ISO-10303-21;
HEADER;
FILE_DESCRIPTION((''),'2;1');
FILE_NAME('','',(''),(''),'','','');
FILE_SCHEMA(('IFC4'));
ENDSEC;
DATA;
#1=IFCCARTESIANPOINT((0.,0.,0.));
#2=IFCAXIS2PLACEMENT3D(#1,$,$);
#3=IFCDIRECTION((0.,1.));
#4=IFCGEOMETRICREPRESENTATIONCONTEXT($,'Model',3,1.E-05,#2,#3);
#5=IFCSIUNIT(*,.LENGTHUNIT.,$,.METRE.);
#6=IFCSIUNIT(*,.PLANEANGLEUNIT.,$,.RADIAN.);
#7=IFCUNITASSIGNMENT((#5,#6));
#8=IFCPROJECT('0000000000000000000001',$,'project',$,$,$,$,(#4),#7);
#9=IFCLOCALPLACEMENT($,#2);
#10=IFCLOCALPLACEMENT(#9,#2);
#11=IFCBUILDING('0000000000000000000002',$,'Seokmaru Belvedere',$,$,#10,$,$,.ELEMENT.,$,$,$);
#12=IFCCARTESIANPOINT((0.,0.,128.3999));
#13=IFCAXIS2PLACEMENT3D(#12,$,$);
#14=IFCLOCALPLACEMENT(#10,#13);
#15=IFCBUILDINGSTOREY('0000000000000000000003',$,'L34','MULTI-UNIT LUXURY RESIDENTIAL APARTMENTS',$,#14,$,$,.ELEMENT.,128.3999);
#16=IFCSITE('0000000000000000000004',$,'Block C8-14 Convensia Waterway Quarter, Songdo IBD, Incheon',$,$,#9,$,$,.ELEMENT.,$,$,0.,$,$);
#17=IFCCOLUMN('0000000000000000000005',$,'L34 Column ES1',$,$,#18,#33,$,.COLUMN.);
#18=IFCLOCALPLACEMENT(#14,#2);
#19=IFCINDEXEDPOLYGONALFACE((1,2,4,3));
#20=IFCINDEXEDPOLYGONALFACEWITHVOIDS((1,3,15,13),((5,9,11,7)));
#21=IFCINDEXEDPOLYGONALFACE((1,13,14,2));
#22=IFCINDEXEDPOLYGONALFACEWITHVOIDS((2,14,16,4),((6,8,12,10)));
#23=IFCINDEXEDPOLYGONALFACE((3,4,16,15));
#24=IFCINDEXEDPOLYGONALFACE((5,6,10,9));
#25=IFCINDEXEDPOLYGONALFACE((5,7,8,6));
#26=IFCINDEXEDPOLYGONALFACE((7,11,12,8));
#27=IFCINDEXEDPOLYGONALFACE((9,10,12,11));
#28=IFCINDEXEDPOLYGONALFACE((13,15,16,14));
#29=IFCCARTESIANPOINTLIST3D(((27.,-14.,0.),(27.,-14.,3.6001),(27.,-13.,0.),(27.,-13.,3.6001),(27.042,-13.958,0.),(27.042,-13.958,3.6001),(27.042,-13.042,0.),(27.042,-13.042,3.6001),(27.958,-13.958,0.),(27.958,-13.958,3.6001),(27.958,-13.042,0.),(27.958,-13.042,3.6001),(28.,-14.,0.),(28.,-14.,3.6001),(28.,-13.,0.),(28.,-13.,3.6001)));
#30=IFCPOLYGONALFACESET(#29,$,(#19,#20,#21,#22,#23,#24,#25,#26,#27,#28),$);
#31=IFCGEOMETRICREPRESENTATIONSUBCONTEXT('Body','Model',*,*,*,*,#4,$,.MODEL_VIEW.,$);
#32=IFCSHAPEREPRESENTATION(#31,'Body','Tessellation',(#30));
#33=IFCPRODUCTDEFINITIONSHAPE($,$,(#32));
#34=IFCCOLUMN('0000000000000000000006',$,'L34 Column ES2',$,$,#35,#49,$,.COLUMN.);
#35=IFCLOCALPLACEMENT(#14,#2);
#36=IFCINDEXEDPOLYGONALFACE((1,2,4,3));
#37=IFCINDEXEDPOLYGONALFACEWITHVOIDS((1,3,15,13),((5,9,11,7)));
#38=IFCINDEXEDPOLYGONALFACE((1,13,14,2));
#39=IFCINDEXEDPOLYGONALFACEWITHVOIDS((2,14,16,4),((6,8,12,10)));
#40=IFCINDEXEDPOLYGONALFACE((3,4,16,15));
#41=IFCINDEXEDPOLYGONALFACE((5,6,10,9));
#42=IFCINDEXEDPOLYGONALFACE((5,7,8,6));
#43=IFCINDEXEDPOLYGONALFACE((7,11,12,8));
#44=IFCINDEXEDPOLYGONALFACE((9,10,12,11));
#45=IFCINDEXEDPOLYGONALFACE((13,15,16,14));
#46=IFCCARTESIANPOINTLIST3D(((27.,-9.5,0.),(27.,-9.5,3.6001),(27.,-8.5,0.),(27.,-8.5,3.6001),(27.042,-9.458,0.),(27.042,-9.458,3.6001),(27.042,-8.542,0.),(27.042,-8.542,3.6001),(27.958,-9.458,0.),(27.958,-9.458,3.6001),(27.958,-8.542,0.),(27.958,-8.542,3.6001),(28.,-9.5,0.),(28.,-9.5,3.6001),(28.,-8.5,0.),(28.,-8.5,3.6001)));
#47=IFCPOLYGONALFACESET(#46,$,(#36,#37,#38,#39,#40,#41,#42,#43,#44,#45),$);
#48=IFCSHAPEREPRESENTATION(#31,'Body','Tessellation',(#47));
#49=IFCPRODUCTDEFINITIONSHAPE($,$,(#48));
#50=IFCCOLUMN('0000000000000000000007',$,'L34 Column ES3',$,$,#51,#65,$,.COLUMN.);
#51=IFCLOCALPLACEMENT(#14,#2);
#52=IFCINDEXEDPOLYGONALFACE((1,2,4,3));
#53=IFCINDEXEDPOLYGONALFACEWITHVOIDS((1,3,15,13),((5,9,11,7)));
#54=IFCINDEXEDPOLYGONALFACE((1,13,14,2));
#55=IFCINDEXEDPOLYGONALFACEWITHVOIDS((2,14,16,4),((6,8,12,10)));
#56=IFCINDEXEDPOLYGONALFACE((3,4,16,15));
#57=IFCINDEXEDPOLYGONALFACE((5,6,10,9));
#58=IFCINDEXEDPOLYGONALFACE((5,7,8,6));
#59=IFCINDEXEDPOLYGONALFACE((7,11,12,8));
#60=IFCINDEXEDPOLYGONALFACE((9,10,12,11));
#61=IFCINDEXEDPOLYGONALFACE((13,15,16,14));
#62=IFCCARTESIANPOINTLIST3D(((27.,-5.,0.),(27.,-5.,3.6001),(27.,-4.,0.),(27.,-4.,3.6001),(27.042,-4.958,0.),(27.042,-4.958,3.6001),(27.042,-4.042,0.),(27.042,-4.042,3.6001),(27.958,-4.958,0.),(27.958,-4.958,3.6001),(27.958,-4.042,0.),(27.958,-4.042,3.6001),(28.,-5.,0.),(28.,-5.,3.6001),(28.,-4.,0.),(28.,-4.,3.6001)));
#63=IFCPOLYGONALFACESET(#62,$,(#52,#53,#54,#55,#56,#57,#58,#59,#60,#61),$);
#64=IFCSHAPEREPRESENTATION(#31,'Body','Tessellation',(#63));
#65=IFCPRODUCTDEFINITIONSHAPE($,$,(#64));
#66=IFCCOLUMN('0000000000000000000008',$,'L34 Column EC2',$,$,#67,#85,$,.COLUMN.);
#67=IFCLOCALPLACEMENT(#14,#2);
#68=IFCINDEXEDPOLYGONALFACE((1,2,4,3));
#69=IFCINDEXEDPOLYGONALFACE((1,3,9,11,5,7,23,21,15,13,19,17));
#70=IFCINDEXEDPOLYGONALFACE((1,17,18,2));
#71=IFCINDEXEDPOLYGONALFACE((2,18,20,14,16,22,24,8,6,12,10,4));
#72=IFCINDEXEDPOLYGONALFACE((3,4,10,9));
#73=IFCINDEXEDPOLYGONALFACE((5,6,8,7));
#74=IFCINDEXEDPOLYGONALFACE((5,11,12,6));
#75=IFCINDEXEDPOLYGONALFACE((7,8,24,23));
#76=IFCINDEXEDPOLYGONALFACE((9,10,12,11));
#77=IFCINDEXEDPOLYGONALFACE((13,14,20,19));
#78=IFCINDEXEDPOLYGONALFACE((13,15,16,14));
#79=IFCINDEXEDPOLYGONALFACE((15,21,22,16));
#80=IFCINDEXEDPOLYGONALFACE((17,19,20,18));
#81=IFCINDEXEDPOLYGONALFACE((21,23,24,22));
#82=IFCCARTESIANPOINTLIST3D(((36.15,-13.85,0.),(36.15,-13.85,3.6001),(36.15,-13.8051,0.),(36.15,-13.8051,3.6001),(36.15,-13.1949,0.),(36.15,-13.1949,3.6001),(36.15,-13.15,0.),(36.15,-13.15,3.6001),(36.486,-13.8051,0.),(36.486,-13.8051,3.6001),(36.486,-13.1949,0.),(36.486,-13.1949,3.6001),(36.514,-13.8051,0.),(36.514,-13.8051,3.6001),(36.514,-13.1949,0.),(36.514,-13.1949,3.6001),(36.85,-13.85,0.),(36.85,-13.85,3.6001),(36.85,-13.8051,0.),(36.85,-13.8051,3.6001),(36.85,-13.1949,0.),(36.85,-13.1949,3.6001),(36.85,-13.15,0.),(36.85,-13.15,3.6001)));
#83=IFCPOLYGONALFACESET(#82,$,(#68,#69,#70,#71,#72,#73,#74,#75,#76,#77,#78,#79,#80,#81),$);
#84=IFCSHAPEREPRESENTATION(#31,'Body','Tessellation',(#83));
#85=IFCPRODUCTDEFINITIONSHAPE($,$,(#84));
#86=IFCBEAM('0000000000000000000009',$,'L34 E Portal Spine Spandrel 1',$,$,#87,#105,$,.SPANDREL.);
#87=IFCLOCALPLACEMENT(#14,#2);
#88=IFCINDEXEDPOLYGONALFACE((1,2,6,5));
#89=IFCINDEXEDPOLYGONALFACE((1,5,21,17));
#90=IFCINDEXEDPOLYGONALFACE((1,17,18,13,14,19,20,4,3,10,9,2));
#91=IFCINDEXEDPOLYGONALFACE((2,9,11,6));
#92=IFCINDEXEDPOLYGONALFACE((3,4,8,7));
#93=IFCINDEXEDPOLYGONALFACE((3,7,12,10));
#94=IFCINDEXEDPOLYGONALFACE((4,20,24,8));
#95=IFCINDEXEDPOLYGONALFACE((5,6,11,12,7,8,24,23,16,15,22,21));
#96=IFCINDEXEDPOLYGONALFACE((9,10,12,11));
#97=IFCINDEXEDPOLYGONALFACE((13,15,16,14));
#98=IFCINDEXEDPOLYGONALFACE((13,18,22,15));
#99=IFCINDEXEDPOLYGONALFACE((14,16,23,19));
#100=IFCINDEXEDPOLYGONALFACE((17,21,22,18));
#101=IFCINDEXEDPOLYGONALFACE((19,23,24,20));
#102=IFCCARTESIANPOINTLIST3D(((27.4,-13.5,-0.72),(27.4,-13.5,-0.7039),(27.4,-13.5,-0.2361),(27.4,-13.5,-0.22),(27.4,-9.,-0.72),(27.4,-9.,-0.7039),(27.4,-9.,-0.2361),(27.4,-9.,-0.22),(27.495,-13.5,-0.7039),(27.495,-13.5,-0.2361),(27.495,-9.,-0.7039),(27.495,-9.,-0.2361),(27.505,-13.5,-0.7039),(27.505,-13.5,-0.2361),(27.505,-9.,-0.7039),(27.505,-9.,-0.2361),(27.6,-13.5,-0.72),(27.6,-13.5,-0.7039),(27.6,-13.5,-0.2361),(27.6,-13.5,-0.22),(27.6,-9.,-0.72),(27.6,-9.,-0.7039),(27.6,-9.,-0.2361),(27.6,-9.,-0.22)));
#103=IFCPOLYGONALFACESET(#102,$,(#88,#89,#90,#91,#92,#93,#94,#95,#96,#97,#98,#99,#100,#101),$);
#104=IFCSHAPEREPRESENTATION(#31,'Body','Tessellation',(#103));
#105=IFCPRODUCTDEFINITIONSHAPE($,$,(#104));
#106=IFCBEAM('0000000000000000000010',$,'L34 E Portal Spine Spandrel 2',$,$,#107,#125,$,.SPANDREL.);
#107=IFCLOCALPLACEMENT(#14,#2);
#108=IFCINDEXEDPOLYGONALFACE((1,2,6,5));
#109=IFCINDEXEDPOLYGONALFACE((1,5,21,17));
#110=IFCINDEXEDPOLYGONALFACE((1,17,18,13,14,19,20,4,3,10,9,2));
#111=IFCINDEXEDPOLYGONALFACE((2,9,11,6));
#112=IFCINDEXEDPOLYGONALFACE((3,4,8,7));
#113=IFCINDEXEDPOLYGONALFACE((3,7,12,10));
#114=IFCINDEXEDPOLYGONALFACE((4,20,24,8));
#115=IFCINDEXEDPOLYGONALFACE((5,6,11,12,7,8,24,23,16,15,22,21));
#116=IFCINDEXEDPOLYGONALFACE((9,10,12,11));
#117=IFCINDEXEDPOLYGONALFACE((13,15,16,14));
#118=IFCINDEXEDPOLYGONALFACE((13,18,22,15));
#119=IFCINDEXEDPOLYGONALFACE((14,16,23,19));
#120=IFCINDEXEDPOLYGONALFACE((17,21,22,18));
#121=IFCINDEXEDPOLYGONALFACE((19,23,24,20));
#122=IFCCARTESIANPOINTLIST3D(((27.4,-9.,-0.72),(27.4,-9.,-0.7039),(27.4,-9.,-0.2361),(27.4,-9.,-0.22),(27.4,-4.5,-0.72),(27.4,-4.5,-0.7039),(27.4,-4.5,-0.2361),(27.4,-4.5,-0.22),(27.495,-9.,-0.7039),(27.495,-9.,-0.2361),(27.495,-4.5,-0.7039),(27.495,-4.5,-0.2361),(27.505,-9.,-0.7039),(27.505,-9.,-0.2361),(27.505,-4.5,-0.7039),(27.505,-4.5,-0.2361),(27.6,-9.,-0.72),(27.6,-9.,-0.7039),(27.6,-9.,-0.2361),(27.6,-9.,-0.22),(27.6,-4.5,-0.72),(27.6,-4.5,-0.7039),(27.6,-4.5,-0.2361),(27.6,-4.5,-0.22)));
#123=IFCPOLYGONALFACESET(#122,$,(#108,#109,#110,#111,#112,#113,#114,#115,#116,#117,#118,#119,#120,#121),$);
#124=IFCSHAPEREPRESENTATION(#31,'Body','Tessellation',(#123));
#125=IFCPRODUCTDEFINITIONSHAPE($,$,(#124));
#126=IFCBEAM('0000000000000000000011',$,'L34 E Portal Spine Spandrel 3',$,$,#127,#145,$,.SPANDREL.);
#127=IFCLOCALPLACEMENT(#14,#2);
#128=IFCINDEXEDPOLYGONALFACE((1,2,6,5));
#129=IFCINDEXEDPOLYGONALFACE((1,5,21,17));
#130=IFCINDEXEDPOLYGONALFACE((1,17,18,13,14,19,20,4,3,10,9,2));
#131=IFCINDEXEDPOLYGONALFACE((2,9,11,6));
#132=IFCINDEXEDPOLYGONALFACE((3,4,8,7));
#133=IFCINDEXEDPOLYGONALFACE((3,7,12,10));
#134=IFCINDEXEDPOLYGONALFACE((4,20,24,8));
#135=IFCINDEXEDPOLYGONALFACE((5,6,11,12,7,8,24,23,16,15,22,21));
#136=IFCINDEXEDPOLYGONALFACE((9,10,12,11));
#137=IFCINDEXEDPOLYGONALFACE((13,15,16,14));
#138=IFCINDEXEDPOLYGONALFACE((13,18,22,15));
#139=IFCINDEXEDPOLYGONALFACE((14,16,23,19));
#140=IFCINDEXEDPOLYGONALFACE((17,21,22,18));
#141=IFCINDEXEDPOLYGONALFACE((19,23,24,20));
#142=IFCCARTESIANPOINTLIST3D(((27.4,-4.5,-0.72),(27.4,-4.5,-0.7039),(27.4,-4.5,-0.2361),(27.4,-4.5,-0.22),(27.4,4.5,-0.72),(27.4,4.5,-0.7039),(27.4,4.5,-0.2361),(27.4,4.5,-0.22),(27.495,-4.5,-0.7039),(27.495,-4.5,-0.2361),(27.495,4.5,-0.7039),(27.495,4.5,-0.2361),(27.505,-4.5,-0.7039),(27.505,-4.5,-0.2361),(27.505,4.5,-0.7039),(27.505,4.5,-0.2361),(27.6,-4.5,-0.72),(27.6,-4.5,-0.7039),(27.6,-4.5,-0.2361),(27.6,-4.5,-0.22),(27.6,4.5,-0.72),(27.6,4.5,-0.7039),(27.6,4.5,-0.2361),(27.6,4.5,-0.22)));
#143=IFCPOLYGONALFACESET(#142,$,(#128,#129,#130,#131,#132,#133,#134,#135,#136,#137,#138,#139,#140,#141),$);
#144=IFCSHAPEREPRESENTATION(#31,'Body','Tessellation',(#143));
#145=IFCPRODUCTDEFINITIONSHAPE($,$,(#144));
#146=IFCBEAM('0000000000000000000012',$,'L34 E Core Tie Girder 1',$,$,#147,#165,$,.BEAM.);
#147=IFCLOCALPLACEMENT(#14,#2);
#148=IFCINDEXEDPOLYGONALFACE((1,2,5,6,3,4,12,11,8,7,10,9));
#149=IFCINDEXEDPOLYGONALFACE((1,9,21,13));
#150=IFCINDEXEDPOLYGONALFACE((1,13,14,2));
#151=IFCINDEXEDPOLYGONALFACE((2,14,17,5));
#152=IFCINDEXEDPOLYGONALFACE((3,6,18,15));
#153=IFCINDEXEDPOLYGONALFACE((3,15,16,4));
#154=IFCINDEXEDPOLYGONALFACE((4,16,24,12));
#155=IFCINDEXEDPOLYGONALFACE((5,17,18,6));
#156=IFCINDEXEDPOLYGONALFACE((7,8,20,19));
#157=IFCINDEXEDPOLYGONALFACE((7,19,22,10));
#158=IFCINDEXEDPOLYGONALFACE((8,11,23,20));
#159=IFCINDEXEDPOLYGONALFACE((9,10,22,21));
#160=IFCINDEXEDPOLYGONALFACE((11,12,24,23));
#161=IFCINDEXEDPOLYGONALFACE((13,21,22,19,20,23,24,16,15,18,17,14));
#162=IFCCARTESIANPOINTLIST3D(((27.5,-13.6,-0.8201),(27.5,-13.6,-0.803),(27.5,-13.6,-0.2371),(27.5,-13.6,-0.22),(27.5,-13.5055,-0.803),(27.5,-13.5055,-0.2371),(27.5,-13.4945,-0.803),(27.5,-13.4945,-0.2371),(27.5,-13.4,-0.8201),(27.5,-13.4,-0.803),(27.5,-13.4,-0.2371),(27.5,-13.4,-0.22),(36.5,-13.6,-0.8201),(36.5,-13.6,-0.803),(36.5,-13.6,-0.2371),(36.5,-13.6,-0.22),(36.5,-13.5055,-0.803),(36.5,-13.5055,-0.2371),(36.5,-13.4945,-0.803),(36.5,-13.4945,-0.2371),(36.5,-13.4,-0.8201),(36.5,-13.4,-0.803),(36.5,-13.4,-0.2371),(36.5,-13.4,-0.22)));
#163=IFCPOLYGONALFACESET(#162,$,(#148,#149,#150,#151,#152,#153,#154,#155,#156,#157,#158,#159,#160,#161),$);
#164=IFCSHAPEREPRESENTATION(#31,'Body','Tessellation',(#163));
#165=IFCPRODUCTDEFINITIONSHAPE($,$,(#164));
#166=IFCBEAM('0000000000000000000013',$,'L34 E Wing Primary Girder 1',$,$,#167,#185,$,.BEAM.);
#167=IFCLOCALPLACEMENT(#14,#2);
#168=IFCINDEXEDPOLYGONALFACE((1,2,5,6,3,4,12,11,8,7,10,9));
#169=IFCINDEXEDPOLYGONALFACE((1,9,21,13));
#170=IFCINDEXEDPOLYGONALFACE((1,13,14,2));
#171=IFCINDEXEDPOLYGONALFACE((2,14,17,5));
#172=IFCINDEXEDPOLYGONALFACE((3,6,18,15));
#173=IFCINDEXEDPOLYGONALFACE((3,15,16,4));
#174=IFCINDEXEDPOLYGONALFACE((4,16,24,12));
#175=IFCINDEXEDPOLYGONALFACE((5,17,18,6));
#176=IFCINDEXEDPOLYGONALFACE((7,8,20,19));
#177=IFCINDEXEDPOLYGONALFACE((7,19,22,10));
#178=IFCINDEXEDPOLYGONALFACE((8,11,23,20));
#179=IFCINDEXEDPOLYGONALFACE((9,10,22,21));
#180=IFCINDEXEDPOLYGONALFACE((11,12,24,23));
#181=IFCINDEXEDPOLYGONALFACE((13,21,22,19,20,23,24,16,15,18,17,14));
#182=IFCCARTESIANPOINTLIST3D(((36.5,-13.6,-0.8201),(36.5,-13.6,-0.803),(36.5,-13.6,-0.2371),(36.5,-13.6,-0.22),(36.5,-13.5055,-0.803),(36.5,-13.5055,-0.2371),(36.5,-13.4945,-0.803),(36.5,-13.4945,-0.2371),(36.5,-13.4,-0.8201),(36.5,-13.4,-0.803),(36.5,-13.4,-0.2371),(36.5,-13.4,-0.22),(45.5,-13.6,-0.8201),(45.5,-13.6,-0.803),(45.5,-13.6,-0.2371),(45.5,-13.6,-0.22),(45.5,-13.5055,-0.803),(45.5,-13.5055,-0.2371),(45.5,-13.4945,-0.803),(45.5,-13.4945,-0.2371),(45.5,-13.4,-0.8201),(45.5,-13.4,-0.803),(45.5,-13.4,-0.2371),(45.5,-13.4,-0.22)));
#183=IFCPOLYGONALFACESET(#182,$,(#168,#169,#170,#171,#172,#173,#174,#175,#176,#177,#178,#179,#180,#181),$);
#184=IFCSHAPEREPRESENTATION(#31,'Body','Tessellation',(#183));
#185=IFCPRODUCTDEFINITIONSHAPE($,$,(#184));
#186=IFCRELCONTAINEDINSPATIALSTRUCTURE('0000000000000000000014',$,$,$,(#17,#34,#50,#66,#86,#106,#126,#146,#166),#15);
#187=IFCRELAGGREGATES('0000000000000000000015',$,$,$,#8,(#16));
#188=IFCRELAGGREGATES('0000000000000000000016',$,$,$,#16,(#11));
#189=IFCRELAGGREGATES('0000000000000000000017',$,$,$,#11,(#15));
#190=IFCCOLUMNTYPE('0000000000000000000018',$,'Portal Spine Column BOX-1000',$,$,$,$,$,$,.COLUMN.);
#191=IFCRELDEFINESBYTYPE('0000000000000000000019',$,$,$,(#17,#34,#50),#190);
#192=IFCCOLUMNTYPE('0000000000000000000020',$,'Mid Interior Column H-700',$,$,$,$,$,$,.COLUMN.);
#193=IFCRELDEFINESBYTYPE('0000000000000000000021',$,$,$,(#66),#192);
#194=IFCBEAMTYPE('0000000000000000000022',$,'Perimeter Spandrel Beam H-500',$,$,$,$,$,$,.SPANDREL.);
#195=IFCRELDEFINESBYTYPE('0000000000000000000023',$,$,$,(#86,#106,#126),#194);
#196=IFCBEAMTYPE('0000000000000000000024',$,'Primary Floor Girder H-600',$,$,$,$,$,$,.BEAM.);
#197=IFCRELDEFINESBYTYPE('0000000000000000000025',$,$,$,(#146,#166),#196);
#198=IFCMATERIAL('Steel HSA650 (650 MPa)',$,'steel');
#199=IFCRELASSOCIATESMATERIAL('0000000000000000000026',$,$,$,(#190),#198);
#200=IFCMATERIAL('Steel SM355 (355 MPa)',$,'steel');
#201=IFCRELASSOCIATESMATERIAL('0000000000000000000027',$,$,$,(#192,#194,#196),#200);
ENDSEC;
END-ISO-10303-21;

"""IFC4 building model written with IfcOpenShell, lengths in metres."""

from ifc_helpers import new_model, si_unit, direction, frame, origin, origin_2d, place, context, subcontext, project, spatial, hollow_rectangle, i_section, extrude, source, transform, mapped, material, material_profile, profile_set, type_object, type_shapes, element, save


model = new_model("IFC4")

# Units and contexts
model_context = context("Model", 3, precision=1e-05, world=origin(), true_north=direction((0.0, 1.0)))
body_context = subcontext(model_context, "Body", "Model", "MODEL_VIEW")
ifc_project = project(units=[si_unit("LENGTHUNIT", "METRE"), si_unit("PLANEANGLEUNIT", "RADIAN")], contexts=[model_context])

# Site, building, storey
site_placement = place(None, origin())
site = spatial("IfcSite", under=ifc_project, at=site_placement, Name="Block C8-14 Convensia Waterway Quarter, Songdo IBD, Incheon", CompositionType="ELEMENT", RefElevation=0.0)
building_placement = place(site_placement, origin())
building = spatial("IfcBuilding", under=site, at=building_placement, Name="Seokmaru Belvedere", CompositionType="ELEMENT")
storey_placement = place(building_placement, frame((0.0, 0.0, 128.3999)))
storey = spatial("IfcBuildingStorey", under=building, at=storey_placement, Name="L34", Description="MULTI-UNIT LUXURY RESIDENTIAL APARTMENTS", CompositionType="ELEMENT", Elevation=128.3999)

# Columns
ifc_material_1 = material(Name="Steel HSA650 (650 MPa)", Category="steel")
ifc_material_profile_1 = material_profile(ifc_material_1, hollow_rectangle(XDim=1.0, YDim=1.0, WallThickness=0.042, at=origin_2d()), Name="BOX-1000x1000x42")
ifc_profile_set_1 = profile_set([ifc_material_profile_1], Name="Steel HSA650 (650 MPa)")
column_type_1 = type_object("IfcColumnType", Name="Portal Spine Column BOX-1000", PredefinedType="COLUMN", material=ifc_profile_set_1)
shared_shape_1 = source(origin(), body_context, "Body", "SweptSolid", [
    extrude(hollow_rectangle(XDim=1.0, YDim=1.0, WallThickness=0.042, at=origin_2d()), origin(), (0.0, 0.0, 1.0), 3.6001),
])
type_shapes(column_type_1, [shared_shape_1])
for number, where, z_axis, x_axis, name in (
    (1, (27.5, -13.5, 0.0), (0.0, 0.0, 1.0), (1.0, 0.0, 0.0), "L34 Column ES1"),
    (2, (27.5, -9.0, 0.0), (0.0, 0.0, 1.0), (1.0, 0.0, 0.0), "L34 Column ES2"),
    (3, (27.5, -4.5, 0.0), (0.0, 0.0, 1.0), (1.0, 0.0, 0.0), "L34 Column ES3"),
):
    element("IfcColumn", number, at=place(storey_placement, frame(where, z_axis=z_axis, x_axis=x_axis)), inside=storey, type_object=column_type_1, Name=name, PredefinedType="COLUMN", context=body_context, shape_type="MappedRepresentation", body=[
        mapped(shared_shape_1, transform((0.0, 0.0, 0.0), scale=1.0)),
    ])
ifc_material_2 = material(Name="Steel SM355 (355 MPa)", Category="steel")
ifc_material_profile_2 = material_profile(ifc_material_2, i_section(OverallWidth=0.7, OverallDepth=0.7, WebThickness=0.0281, FlangeThickness=0.0449, at=origin_2d()), Name="H-700x700x28x45")
ifc_profile_set_2 = profile_set([ifc_material_profile_2], Name="Steel SM355 (355 MPa)")
column_type_2 = type_object("IfcColumnType", Name="Mid Interior Column H-700", PredefinedType="COLUMN", material=ifc_profile_set_2)
shared_shape_2 = source(origin(), body_context, "Body", "SweptSolid", [
    extrude(i_section(OverallWidth=0.7, OverallDepth=0.7, WebThickness=0.0281, FlangeThickness=0.0449, at=origin_2d()), origin(), (0.0, 0.0, 1.0), 3.6001),
])
type_shapes(column_type_2, [shared_shape_2])
column_placement = place(storey_placement, frame((36.5, -13.5, 0.0), z_axis=(0.0, 0.0, 1.0), x_axis=(1.0, 0.0, 0.0)))
element("IfcColumn", 4, at=column_placement, inside=storey, type_object=column_type_2, Name="L34 Column EC2", PredefinedType="COLUMN", context=body_context, shape_type="MappedRepresentation", body=[
    mapped(shared_shape_2, transform((0.0, 0.0, 0.0), scale=1.0)),
])

# Beams
ifc_material_profile_3 = material_profile(ifc_material_2, i_section(OverallWidth=0.2, OverallDepth=0.5, WebThickness=0.01, FlangeThickness=0.0161, at=origin_2d()), Name="H-500x200x10x16")
ifc_profile_set_3 = profile_set([ifc_material_profile_3], Name="Steel SM355 (355 MPa)")
beam_type_1 = type_object("IfcBeamType", Name="Perimeter Spandrel Beam H-500", PredefinedType="SPANDREL", material=ifc_profile_set_3)
shared_shape_3 = source(origin(), body_context, "Body", "SweptSolid", [
    extrude(i_section(OverallWidth=0.2, OverallDepth=0.5, WebThickness=0.01, FlangeThickness=0.0161, at=origin_2d()), origin(), (0.0, 0.0, 1.0), 4.5),
])
for number, where, z_axis, x_axis, name in (
    (5, (27.5, -13.5, -0.47), (0.0, 1.0, 0.0), (-1.0, 0.0, 0.0), "L34 E Portal Spine Spandrel 1"),
    (6, (27.5, -9.0, -0.47), (0.0, 1.0, 0.0), (-1.0, 0.0, 0.0), "L34 E Portal Spine Spandrel 2"),
):
    element("IfcBeam", number, at=place(storey_placement, frame(where, z_axis=z_axis, x_axis=x_axis)), inside=storey, type_object=beam_type_1, Name=name, PredefinedType="SPANDREL", context=body_context, shape_type="MappedRepresentation", body=[
        mapped(shared_shape_3, transform((0.0, 0.0, 0.0), scale=1.0)),
    ])
shared_shape_4 = source(origin(), body_context, "Body", "SweptSolid", [
    extrude(i_section(OverallWidth=0.2, OverallDepth=0.5, WebThickness=0.01, FlangeThickness=0.0161, at=origin_2d()), origin(), (0.0, 0.0, 1.0), 9.0),
])
type_shapes(beam_type_1, [shared_shape_3, shared_shape_4])
beam_1_placement = place(storey_placement, frame((27.5, -4.5, -0.47), z_axis=(0.0, 1.0, 0.0), x_axis=(-1.0, 0.0, 0.0)))
element("IfcBeam", 7, at=beam_1_placement, inside=storey, type_object=beam_type_1, Name="L34 E Portal Spine Spandrel 3", PredefinedType="SPANDREL", context=body_context, shape_type="MappedRepresentation", body=[
    mapped(shared_shape_4, transform((0.0, 0.0, 0.0), scale=1.0)),
])
ifc_material_profile_4 = material_profile(ifc_material_2, i_section(OverallWidth=0.2, OverallDepth=0.6001, WebThickness=0.011, FlangeThickness=0.0171, at=origin_2d()), Name="H-600x200x11x17")
ifc_profile_set_4 = profile_set([ifc_material_profile_4], Name="Steel SM355 (355 MPa)")
beam_type_2 = type_object("IfcBeamType", Name="Primary Floor Girder H-600", PredefinedType="BEAM", material=ifc_profile_set_4)
shared_shape_5 = source(origin(), body_context, "Body", "SweptSolid", [
    extrude(i_section(OverallWidth=0.2, OverallDepth=0.6001, WebThickness=0.011, FlangeThickness=0.0171, at=origin_2d()), origin(), (0.0, 0.0, 1.0), 9.0),
])
type_shapes(beam_type_2, [shared_shape_5])
for number, where, z_axis, x_axis, name in (
    (8, (27.5, -13.5, -0.52), (1.0, 0.0, 0.0), (0.0, 1.0, 0.0), "L34 E Core Tie Girder 1"),
    (9, (36.5, -13.5, -0.52), (1.0, 0.0, 0.0), (0.0, 1.0, 0.0), "L34 E Wing Primary Girder 1"),
):
    element("IfcBeam", number, at=place(storey_placement, frame(where, z_axis=z_axis, x_axis=x_axis)), inside=storey, type_object=beam_type_2, Name=name, PredefinedType="BEAM", context=body_context, shape_type="MappedRepresentation", body=[
        mapped(shared_shape_5, transform((0.0, 0.0, 0.0), scale=1.0)),
    ])

save(model, "model.ifc")
